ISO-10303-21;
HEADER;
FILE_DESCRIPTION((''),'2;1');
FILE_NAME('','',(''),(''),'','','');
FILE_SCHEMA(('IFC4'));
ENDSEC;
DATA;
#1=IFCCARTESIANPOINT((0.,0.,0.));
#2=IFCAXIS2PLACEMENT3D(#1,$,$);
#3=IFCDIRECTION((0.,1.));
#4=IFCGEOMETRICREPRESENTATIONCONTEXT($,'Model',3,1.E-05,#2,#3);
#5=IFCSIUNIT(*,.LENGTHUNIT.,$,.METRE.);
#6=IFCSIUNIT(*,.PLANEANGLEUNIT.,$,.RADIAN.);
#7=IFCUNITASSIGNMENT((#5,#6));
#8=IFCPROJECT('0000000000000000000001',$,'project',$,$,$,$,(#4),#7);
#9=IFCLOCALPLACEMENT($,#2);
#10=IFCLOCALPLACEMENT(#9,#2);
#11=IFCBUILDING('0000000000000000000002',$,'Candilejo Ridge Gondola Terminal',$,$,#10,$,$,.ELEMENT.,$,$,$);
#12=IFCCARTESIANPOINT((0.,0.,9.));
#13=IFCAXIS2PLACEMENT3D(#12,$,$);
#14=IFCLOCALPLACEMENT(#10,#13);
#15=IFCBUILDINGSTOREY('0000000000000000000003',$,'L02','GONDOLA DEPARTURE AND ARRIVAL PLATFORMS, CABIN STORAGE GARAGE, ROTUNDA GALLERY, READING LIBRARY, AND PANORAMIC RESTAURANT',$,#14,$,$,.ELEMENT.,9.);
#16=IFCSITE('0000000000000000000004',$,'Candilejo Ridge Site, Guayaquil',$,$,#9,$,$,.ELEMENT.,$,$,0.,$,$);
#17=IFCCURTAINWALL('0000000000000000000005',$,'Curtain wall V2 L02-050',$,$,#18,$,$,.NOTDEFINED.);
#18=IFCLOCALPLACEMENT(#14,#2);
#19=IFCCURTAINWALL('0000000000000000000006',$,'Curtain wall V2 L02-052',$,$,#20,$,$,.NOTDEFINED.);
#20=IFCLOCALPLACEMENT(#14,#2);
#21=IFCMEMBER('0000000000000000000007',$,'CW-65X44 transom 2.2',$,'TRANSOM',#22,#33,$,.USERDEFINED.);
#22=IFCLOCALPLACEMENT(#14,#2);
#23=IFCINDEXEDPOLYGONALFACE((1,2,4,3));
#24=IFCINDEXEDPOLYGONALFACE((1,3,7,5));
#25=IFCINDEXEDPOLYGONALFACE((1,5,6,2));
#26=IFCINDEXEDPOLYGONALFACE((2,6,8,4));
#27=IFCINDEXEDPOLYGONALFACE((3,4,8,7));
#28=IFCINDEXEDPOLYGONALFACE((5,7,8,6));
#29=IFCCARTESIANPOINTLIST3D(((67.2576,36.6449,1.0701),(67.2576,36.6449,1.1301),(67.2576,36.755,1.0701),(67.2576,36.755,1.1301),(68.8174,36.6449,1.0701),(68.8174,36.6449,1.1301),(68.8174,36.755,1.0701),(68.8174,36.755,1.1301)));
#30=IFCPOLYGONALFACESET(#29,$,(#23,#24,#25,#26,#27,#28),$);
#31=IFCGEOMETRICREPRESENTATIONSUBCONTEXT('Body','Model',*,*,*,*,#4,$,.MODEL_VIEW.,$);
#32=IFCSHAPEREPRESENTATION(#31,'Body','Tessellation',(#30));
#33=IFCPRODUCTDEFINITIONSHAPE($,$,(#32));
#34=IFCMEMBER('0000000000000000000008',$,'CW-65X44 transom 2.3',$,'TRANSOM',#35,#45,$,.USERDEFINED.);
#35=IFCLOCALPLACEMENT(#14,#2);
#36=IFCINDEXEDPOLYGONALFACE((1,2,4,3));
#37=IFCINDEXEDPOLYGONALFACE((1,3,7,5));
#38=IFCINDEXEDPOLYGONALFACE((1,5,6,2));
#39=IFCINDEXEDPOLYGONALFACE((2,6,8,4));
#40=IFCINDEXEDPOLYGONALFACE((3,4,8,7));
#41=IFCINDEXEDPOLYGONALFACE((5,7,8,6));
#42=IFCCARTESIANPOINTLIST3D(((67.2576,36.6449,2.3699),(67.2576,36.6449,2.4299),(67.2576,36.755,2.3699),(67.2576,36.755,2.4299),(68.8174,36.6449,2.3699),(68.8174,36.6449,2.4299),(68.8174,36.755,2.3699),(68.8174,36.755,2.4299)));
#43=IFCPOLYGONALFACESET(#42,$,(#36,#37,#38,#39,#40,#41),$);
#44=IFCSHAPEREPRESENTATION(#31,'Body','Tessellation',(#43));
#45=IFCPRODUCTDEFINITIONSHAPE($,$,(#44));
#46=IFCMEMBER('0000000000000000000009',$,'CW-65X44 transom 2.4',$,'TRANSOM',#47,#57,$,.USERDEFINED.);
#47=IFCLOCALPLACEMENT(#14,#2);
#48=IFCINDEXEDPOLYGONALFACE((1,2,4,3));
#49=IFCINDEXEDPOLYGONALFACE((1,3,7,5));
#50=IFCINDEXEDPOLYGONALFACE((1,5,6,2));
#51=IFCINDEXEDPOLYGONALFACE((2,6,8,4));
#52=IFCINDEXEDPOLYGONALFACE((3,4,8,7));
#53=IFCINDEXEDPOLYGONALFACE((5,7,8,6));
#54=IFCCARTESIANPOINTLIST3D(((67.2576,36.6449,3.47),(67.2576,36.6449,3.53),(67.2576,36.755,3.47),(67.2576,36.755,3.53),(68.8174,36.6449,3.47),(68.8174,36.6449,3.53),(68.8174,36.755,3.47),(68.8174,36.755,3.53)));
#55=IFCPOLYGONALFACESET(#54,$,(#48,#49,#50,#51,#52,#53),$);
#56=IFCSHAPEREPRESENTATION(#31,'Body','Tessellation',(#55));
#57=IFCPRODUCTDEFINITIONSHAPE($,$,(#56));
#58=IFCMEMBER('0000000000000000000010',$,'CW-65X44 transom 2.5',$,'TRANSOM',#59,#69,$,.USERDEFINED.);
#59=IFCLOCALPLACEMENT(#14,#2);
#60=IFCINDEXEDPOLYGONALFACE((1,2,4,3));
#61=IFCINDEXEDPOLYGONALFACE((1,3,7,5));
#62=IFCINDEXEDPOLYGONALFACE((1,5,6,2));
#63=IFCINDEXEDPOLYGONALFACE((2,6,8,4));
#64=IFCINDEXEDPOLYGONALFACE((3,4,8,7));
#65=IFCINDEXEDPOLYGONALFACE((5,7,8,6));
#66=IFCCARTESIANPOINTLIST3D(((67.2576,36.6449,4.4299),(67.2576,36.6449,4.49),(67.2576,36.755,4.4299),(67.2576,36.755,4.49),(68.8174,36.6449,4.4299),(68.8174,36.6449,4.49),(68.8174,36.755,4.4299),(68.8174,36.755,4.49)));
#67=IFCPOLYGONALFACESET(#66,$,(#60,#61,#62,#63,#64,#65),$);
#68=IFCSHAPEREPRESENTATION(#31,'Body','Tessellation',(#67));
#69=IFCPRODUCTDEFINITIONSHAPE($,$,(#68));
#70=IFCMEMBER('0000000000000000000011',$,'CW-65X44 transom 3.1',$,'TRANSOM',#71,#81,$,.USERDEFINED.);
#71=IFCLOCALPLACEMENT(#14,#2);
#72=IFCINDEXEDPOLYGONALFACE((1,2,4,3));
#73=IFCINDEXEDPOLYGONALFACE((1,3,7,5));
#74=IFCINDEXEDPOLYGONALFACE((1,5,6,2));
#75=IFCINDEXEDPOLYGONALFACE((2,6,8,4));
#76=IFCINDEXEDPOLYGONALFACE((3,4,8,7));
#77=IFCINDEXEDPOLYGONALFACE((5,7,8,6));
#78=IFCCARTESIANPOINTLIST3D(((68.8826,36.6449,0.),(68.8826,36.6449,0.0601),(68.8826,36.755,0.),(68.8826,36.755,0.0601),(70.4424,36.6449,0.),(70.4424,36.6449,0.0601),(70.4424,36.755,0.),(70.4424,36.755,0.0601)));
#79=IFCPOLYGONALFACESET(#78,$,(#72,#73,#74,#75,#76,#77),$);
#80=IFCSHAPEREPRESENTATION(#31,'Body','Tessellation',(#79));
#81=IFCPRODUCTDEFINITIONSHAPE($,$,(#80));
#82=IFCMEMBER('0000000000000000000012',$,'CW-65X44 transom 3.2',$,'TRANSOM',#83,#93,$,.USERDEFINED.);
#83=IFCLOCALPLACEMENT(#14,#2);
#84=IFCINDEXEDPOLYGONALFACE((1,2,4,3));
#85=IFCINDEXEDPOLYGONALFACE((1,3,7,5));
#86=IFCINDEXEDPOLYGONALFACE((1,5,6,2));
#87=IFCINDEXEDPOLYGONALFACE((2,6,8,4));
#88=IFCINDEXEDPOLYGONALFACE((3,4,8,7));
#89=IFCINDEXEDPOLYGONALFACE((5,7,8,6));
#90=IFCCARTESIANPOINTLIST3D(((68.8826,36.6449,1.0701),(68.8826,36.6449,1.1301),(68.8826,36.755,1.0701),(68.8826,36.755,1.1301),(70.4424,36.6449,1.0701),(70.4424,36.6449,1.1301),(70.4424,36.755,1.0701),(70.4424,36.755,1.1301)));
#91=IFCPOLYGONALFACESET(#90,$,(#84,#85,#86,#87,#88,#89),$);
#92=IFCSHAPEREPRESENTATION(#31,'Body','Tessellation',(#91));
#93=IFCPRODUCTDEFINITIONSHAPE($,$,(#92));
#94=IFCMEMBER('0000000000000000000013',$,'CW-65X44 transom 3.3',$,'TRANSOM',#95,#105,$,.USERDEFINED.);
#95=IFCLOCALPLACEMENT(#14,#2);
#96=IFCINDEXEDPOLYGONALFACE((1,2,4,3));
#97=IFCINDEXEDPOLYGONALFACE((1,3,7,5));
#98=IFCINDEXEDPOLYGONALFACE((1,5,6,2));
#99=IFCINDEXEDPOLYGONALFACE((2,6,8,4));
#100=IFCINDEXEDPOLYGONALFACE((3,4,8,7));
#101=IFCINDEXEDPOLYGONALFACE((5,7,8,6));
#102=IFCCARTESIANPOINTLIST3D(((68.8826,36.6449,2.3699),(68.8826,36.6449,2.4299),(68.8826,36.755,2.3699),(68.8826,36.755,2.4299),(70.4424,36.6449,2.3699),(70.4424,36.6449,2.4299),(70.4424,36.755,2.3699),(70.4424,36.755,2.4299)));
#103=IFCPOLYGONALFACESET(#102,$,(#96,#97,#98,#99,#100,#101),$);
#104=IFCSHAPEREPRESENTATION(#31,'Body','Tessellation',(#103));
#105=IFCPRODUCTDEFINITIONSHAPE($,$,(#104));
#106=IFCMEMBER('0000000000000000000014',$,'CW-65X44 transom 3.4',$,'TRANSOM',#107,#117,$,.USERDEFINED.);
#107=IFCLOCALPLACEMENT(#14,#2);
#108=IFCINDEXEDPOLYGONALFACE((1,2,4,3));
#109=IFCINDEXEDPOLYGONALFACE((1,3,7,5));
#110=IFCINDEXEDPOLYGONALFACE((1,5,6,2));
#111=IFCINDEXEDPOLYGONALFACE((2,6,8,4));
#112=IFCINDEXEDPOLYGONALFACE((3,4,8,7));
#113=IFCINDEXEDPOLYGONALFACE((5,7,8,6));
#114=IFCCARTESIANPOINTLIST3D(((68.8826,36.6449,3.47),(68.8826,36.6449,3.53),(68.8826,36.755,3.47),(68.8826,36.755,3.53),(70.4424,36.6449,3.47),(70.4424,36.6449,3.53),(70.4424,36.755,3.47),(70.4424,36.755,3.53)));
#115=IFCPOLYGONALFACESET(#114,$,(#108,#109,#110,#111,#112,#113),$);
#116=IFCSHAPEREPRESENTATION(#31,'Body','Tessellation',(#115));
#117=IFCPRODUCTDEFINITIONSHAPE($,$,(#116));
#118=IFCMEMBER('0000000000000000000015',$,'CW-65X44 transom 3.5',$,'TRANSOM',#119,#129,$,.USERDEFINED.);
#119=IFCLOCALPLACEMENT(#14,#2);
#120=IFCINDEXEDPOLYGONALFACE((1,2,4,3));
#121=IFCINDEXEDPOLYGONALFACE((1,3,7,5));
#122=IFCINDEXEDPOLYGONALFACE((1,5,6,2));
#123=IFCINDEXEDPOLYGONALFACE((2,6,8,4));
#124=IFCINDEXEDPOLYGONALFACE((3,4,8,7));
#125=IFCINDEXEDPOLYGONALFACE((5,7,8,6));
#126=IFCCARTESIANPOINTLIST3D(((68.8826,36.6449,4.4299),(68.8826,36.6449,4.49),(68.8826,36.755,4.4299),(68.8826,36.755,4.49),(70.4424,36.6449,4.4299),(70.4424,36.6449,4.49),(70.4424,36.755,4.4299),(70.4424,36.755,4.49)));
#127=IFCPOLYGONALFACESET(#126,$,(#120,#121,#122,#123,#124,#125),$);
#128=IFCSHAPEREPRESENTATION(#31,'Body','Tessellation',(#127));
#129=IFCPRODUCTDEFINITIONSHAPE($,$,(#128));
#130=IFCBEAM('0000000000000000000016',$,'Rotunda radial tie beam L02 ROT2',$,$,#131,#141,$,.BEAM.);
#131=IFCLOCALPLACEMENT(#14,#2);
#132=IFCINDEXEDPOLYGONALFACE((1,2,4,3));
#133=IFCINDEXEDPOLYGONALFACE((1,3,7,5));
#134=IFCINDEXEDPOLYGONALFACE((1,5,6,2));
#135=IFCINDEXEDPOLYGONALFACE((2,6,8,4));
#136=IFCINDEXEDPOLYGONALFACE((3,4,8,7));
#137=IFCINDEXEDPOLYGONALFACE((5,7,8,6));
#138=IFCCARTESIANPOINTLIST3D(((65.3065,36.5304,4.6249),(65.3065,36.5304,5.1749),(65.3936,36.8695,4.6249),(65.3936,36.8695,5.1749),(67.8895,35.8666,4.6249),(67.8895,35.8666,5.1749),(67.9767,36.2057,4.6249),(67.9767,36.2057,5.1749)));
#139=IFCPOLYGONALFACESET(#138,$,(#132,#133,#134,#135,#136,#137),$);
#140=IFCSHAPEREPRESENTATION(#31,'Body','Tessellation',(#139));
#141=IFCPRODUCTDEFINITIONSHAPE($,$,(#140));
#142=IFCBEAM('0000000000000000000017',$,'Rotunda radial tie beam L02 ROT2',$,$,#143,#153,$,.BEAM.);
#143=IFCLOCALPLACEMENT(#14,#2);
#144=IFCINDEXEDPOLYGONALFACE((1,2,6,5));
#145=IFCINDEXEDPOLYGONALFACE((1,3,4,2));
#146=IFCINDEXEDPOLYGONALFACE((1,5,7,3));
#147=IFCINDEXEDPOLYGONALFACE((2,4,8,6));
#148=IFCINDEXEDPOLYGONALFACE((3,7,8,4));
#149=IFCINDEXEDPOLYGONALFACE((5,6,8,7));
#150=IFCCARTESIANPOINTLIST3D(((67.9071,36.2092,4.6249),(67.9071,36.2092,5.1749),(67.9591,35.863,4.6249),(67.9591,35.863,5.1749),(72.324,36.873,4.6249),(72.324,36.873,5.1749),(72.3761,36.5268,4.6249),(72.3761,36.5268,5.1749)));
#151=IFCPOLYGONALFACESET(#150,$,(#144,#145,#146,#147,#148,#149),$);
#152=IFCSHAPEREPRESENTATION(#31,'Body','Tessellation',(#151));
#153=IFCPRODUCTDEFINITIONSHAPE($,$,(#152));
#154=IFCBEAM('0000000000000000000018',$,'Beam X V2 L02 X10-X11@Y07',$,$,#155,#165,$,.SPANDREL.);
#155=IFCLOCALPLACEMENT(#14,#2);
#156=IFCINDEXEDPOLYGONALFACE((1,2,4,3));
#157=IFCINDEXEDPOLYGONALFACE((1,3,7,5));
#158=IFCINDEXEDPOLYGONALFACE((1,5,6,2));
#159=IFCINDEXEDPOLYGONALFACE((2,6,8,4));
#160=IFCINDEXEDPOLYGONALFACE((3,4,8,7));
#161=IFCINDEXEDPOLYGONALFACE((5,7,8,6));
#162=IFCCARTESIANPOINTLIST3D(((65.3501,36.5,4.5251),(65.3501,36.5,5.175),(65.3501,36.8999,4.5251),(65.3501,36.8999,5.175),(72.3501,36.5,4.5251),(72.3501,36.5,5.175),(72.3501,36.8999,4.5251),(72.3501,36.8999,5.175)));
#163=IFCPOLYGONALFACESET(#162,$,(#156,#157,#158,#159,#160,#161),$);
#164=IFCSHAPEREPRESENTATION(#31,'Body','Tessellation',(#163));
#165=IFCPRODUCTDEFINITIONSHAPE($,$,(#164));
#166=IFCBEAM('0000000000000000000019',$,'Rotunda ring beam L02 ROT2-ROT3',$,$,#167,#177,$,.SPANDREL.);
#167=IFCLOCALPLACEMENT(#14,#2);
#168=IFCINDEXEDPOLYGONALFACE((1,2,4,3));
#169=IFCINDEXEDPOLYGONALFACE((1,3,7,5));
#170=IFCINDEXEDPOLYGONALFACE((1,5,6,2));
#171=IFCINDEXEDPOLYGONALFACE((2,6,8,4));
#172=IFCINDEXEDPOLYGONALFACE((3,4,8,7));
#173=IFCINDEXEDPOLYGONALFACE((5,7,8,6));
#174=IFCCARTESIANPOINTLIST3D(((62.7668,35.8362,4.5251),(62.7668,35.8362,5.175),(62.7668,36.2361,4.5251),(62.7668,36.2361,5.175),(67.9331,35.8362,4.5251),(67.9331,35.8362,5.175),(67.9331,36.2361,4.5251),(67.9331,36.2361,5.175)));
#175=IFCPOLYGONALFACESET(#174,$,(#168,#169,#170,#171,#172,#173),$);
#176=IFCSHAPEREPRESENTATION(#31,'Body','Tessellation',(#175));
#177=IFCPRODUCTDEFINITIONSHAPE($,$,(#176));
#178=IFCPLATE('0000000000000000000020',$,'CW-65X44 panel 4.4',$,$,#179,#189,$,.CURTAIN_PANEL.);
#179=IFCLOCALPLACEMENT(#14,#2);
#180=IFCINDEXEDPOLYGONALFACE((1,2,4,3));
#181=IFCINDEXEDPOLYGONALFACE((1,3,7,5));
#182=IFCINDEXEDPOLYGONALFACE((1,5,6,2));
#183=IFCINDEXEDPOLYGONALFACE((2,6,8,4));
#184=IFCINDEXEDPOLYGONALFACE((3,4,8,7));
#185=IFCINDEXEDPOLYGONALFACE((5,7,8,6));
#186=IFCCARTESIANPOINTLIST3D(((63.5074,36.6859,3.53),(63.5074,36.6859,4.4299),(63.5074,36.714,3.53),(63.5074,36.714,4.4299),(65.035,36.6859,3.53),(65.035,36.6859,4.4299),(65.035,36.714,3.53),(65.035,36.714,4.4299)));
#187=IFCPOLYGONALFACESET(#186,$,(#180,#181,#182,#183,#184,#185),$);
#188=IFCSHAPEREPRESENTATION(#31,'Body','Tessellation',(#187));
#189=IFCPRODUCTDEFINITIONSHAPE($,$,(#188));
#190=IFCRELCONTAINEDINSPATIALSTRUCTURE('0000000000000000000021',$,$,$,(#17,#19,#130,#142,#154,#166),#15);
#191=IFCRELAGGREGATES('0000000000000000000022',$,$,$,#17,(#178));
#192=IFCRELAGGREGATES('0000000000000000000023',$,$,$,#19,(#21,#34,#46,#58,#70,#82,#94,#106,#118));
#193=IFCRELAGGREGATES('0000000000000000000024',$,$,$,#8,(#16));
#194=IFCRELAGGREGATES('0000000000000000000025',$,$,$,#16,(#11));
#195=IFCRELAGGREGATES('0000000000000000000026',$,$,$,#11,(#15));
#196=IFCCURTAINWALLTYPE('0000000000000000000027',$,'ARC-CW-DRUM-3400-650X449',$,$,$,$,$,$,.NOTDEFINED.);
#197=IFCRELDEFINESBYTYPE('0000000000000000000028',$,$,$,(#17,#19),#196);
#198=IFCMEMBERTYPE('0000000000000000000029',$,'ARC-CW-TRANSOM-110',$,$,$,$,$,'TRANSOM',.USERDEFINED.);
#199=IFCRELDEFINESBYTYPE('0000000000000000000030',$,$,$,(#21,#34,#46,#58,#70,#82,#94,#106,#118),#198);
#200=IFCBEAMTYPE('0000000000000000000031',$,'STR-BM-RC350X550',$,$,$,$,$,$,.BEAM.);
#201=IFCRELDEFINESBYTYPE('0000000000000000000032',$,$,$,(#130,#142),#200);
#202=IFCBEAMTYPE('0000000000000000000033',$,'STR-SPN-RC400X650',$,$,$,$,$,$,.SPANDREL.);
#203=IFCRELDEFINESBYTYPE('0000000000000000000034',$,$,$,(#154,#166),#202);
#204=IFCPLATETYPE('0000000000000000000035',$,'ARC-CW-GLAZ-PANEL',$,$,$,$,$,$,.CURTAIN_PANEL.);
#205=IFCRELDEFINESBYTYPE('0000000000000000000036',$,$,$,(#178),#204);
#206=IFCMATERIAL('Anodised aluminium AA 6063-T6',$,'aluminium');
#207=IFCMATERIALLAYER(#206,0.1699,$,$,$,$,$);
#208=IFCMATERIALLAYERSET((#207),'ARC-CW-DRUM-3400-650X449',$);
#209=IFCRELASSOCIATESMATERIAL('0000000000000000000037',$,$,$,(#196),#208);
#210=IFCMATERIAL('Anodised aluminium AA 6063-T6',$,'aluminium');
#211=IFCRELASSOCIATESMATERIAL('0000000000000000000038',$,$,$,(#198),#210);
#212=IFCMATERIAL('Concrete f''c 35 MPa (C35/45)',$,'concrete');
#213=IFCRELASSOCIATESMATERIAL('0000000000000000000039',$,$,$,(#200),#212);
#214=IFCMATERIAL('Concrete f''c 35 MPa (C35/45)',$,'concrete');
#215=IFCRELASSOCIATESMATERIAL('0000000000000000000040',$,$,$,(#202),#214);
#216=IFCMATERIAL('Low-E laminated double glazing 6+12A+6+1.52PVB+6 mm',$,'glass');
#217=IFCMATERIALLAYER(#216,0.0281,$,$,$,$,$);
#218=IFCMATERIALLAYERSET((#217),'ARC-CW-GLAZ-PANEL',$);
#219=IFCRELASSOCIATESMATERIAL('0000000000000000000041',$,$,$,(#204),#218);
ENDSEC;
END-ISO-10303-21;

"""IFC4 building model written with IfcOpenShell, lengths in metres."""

from ifc_helpers import new_model, si_unit, direction, frame, origin, origin_2d, place, context, subcontext, project, spatial, rectangle, extrude, material, layer, layer_set, material_profile, profile_set, type_object, element, aggregate, save


model = new_model("IFC4")

# Units and contexts
model_context = context("Model", 3, precision=1e-05, world=origin(), true_north=direction((0.0, 1.0)))
body_context = subcontext(model_context, "Body", "Model", "MODEL_VIEW")
ifc_project = project(units=[si_unit("LENGTHUNIT", "METRE"), si_unit("PLANEANGLEUNIT", "RADIAN")], contexts=[model_context])

# Site, building, storey
site_placement = place(None, origin())
site = spatial("IfcSite", under=ifc_project, at=site_placement, Name="Candilejo Ridge Site, Guayaquil", CompositionType="ELEMENT", RefElevation=0.0)
building_placement = place(site_placement, origin())
building = spatial("IfcBuilding", under=site, at=building_placement, Name="Candilejo Ridge Gondola Terminal", CompositionType="ELEMENT")
storey_placement = place(building_placement, frame((0.0, 0.0, 9.0)))
storey = spatial("IfcBuildingStorey", under=building, at=storey_placement, Name="L02", Description="GONDOLA DEPARTURE AND ARRIVAL PLATFORMS, CABIN STORAGE GARAGE, ROTUNDA GALLERY, READING LIBRARY, AND PANORAMIC RESTAURANT", CompositionType="ELEMENT", Elevation=9.0)

# Curtain wall
ifc_material_1 = material(Name="Anodised aluminium AA 6063-T6", Category="aluminium")
ifc_layer_1 = layer(ifc_material_1, 0.1699)
ifc_layer_set_1 = layer_set([ifc_layer_1], Name="ARC-CW-DRUM-3400-650X449")
curtain_wall_type = type_object("IfcCurtainWallType", Name="ARC-CW-DRUM-3400-650X449", PredefinedType="NOTDEFINED", material=ifc_layer_set_1)
curtain_wall_1_placement = place(storey_placement, origin())
curtain_wall_1 = element("IfcCurtainWall", 1, at=curtain_wall_1_placement, inside=storey, type_object=curtain_wall_type, Name="Curtain wall V2 L02-050", PredefinedType="NOTDEFINED")

# Curtain wall, members
curtain_wall_2_placement = place(storey_placement, origin())
curtain_wall_2 = element("IfcCurtainWall", 2, at=curtain_wall_2_placement, inside=storey, type_object=curtain_wall_type, Name="Curtain wall V2 L02-052", PredefinedType="NOTDEFINED")
ifc_material_2 = material(Name="Anodised aluminium AA 6063-T6", Category="aluminium")
ifc_material_profile_1 = material_profile(ifc_material_2, rectangle(XDim=0.1101, YDim=0.0601, at=origin_2d()))
ifc_profile_set_1 = profile_set([ifc_material_profile_1], Name="Anodised aluminium AA 6063-T6")
member_type_1 = type_object("IfcMemberType", Name="ARC-CW-TRANSOM-110", ElementType="TRANSOM", PredefinedType="USERDEFINED", material=ifc_profile_set_1)
member_1_placement = place(storey_placement, frame((67.2576, 36.7, 1.1001), z_axis=(1.0, 0.0, 0.0), x_axis=(0.0, 1.0, 0.0)))
member_1 = element("IfcMember", 3, at=member_1_placement, type_object=member_type_1, Name="CW-65X44 transom 2.2", ObjectType="TRANSOM", PredefinedType="USERDEFINED", context=body_context, shape_type="SweptSolid", body=[
    extrude(rectangle(XDim=0.1101, YDim=0.0601, at=origin_2d()), origin(), (0.0, 0.0, 1.0), 1.5598),
])
member_2_placement = place(storey_placement, frame((67.2576, 36.7, 2.3999), z_axis=(1.0, 0.0, 0.0), x_axis=(0.0, 1.0, 0.0)))
member_2 = element("IfcMember", 4, at=member_2_placement, type_object=member_type_1, Name="CW-65X44 transom 2.3", ObjectType="TRANSOM", PredefinedType="USERDEFINED", context=body_context, shape_type="SweptSolid", body=[
    extrude(rectangle(XDim=0.1101, YDim=0.0601, at=origin_2d()), origin(), (0.0, 0.0, 1.0), 1.5598),
])
member_3_placement = place(storey_placement, frame((67.2576, 36.7, 3.5), z_axis=(1.0, 0.0, 0.0), x_axis=(0.0, 1.0, 0.0)))
member_3 = element("IfcMember", 5, at=member_3_placement, type_object=member_type_1, Name="CW-65X44 transom 2.4", ObjectType="TRANSOM", PredefinedType="USERDEFINED", context=body_context, shape_type="SweptSolid", body=[
    extrude(rectangle(XDim=0.1101, YDim=0.0601, at=origin_2d()), origin(), (0.0, 0.0, 1.0), 1.5598),
])
member_4_placement = place(storey_placement, frame((67.2576, 36.7, 4.46), z_axis=(1.0, 0.0, 0.0), x_axis=(0.0, 1.0, 0.0)))
member_4 = element("IfcMember", 6, at=member_4_placement, type_object=member_type_1, Name="CW-65X44 transom 2.5", ObjectType="TRANSOM", PredefinedType="USERDEFINED", context=body_context, shape_type="SweptSolid", body=[
    extrude(rectangle(XDim=0.1101, YDim=0.0601, at=origin_2d()), origin(), (0.0, 0.0, 1.0), 1.5598),
])
member_5_placement = place(storey_placement, frame((68.8826, 36.7, 0.03), z_axis=(1.0, 0.0, 0.0), x_axis=(0.0, 1.0, 0.0)))
member_5 = element("IfcMember", 7, at=member_5_placement, type_object=member_type_1, Name="CW-65X44 transom 3.1", ObjectType="TRANSOM", PredefinedType="USERDEFINED", context=body_context, shape_type="SweptSolid", body=[
    extrude(rectangle(XDim=0.1101, YDim=0.0601, at=origin_2d()), origin(), (0.0, 0.0, 1.0), 1.5598),
])
member_6_placement = place(storey_placement, frame((68.8826, 36.7, 1.1001), z_axis=(1.0, 0.0, 0.0), x_axis=(0.0, 1.0, 0.0)))
member_6 = element("IfcMember", 8, at=member_6_placement, type_object=member_type_1, Name="CW-65X44 transom 3.2", ObjectType="TRANSOM", PredefinedType="USERDEFINED", context=body_context, shape_type="SweptSolid", body=[
    extrude(rectangle(XDim=0.1101, YDim=0.0601, at=origin_2d()), origin(), (0.0, 0.0, 1.0), 1.5598),
])
member_7_placement = place(storey_placement, frame((68.8826, 36.7, 2.3999), z_axis=(1.0, 0.0, 0.0), x_axis=(0.0, 1.0, 0.0)))
member_7 = element("IfcMember", 9, at=member_7_placement, type_object=member_type_1, Name="CW-65X44 transom 3.3", ObjectType="TRANSOM", PredefinedType="USERDEFINED", context=body_context, shape_type="SweptSolid", body=[
    extrude(rectangle(XDim=0.1101, YDim=0.0601, at=origin_2d()), origin(), (0.0, 0.0, 1.0), 1.5598),
])
member_8_placement = place(storey_placement, frame((68.8826, 36.7, 3.5), z_axis=(1.0, 0.0, 0.0), x_axis=(0.0, 1.0, 0.0)))
member_8 = element("IfcMember", 10, at=member_8_placement, type_object=member_type_1, Name="CW-65X44 transom 3.4", ObjectType="TRANSOM", PredefinedType="USERDEFINED", context=body_context, shape_type="SweptSolid", body=[
    extrude(rectangle(XDim=0.1101, YDim=0.0601, at=origin_2d()), origin(), (0.0, 0.0, 1.0), 1.5598),
])
member_9_placement = place(storey_placement, frame((68.8826, 36.7, 4.46), z_axis=(1.0, 0.0, 0.0), x_axis=(0.0, 1.0, 0.0)))
member_9 = element("IfcMember", 11, at=member_9_placement, type_object=member_type_1, Name="CW-65X44 transom 3.5", ObjectType="TRANSOM", PredefinedType="USERDEFINED", context=body_context, shape_type="SweptSolid", body=[
    extrude(rectangle(XDim=0.1101, YDim=0.0601, at=origin_2d()), origin(), (0.0, 0.0, 1.0), 1.5598),
])

# Beams
ifc_material_3 = material(Name="Concrete f'c 35 MPa (C35/45)", Category="concrete")
ifc_material_profile_2 = material_profile(ifc_material_3, rectangle(XDim=0.3501, YDim=0.55, at=origin_2d()))
ifc_profile_set_2 = profile_set([ifc_material_profile_2], Name="Concrete f'c 35 MPa (C35/45)")
beam_type_1 = type_object("IfcBeamType", Name="STR-BM-RC350X550", PredefinedType="BEAM", material=ifc_profile_set_2)
beam_1_placement = place(storey_placement, frame((67.9331, 36.0361, 4.8999), z_axis=(-0.968528, 0.248906, 0.0), x_axis=(-0.248906, -0.968528, 0.0)))
element("IfcBeam", 12, at=beam_1_placement, inside=storey, type_object=beam_type_1, Name="Rotunda radial tie beam L02 ROT2", PredefinedType="BEAM", context=body_context, shape_type="SweptSolid", body=[
    extrude(rectangle(XDim=0.3501, YDim=0.55, at=origin_2d()), origin(), (0.0, 0.0, 1.0), 2.667),
])
beam_2_placement = place(storey_placement, frame((67.9331, 36.0361, 4.8999), z_axis=(0.988895, 0.148618, 0.0), x_axis=(-0.148618, 0.988895, 0.0)))
element("IfcBeam", 13, at=beam_2_placement, inside=storey, type_object=beam_type_1, Name="Rotunda radial tie beam L02 ROT2", PredefinedType="BEAM", context=body_context, shape_type="SweptSolid", body=[
    extrude(rectangle(XDim=0.3501, YDim=0.55, at=origin_2d()), origin(), (0.0, 0.0, 1.0), 4.4666),
])
ifc_material_4 = material(Name="Concrete f'c 35 MPa (C35/45)", Category="concrete")
ifc_material_profile_3 = material_profile(ifc_material_4, rectangle(XDim=0.3999, YDim=0.6499, at=origin_2d()))
ifc_profile_set_3 = profile_set([ifc_material_profile_3], Name="Concrete f'c 35 MPa (C35/45)")
beam_type_2 = type_object("IfcBeamType", Name="STR-SPN-RC400X650", PredefinedType="SPANDREL", material=ifc_profile_set_3)
beam_3_placement = place(storey_placement, frame((65.3501, 36.7, 4.8501), z_axis=(1.0, 0.0, 0.0), x_axis=(0.0, 1.0, 0.0)))
element("IfcBeam", 14, at=beam_3_placement, inside=storey, type_object=beam_type_2, Name="Beam X V2 L02 X10-X11@Y07", PredefinedType="SPANDREL", context=body_context, shape_type="SweptSolid", body=[
    extrude(rectangle(XDim=0.3999, YDim=0.6499, at=origin_2d()), origin(), (0.0, 0.0, 1.0), 7.0),
])
beam_4_placement = place(storey_placement, frame((67.9331, 36.0361, 4.8501), z_axis=(-1.0, 0.0, 0.0), x_axis=(0.0, -1.0, 0.0)))
element("IfcBeam", 15, at=beam_4_placement, inside=storey, type_object=beam_type_2, Name="Rotunda ring beam L02 ROT2-ROT3", PredefinedType="SPANDREL", context=body_context, shape_type="SweptSolid", body=[
    extrude(rectangle(XDim=0.3999, YDim=0.6499, at=origin_2d()), origin(), (0.0, 0.0, 1.0), 5.1663),
])

# Plate
ifc_material_5 = material(Name="Low-E laminated double glazing 6+12A+6+1.52PVB+6 mm", Category="glass")
ifc_layer_2 = layer(ifc_material_5, 0.0281)
ifc_layer_set_2 = layer_set([ifc_layer_2], Name="ARC-CW-GLAZ-PANEL")
plate_type = type_object("IfcPlateType", Name="ARC-CW-GLAZ-PANEL", PredefinedType="CURTAIN_PANEL", material=ifc_layer_set_2)
plate_1_placement = place(storey_placement, frame((64.2712, 36.7, 3.53), z_axis=(0.0, 0.0, 1.0), x_axis=(1.0, 0.0, 0.0)))
plate_1 = element("IfcPlate", 16, at=plate_1_placement, type_object=plate_type, Name="CW-65X44 panel 4.4", PredefinedType="CURTAIN_PANEL", context=body_context, shape_type="SweptSolid", body=[
    extrude(rectangle(XDim=1.5276, YDim=0.0281, at=origin_2d()), origin(), (0.0, 0.0, 1.0), 0.8999),
])
aggregate(curtain_wall_1, [plate_1])
aggregate(curtain_wall_2, [member_1, member_2, member_3, member_4, member_5, member_6, member_7, member_8, member_9])

save(model, "model.ifc")
